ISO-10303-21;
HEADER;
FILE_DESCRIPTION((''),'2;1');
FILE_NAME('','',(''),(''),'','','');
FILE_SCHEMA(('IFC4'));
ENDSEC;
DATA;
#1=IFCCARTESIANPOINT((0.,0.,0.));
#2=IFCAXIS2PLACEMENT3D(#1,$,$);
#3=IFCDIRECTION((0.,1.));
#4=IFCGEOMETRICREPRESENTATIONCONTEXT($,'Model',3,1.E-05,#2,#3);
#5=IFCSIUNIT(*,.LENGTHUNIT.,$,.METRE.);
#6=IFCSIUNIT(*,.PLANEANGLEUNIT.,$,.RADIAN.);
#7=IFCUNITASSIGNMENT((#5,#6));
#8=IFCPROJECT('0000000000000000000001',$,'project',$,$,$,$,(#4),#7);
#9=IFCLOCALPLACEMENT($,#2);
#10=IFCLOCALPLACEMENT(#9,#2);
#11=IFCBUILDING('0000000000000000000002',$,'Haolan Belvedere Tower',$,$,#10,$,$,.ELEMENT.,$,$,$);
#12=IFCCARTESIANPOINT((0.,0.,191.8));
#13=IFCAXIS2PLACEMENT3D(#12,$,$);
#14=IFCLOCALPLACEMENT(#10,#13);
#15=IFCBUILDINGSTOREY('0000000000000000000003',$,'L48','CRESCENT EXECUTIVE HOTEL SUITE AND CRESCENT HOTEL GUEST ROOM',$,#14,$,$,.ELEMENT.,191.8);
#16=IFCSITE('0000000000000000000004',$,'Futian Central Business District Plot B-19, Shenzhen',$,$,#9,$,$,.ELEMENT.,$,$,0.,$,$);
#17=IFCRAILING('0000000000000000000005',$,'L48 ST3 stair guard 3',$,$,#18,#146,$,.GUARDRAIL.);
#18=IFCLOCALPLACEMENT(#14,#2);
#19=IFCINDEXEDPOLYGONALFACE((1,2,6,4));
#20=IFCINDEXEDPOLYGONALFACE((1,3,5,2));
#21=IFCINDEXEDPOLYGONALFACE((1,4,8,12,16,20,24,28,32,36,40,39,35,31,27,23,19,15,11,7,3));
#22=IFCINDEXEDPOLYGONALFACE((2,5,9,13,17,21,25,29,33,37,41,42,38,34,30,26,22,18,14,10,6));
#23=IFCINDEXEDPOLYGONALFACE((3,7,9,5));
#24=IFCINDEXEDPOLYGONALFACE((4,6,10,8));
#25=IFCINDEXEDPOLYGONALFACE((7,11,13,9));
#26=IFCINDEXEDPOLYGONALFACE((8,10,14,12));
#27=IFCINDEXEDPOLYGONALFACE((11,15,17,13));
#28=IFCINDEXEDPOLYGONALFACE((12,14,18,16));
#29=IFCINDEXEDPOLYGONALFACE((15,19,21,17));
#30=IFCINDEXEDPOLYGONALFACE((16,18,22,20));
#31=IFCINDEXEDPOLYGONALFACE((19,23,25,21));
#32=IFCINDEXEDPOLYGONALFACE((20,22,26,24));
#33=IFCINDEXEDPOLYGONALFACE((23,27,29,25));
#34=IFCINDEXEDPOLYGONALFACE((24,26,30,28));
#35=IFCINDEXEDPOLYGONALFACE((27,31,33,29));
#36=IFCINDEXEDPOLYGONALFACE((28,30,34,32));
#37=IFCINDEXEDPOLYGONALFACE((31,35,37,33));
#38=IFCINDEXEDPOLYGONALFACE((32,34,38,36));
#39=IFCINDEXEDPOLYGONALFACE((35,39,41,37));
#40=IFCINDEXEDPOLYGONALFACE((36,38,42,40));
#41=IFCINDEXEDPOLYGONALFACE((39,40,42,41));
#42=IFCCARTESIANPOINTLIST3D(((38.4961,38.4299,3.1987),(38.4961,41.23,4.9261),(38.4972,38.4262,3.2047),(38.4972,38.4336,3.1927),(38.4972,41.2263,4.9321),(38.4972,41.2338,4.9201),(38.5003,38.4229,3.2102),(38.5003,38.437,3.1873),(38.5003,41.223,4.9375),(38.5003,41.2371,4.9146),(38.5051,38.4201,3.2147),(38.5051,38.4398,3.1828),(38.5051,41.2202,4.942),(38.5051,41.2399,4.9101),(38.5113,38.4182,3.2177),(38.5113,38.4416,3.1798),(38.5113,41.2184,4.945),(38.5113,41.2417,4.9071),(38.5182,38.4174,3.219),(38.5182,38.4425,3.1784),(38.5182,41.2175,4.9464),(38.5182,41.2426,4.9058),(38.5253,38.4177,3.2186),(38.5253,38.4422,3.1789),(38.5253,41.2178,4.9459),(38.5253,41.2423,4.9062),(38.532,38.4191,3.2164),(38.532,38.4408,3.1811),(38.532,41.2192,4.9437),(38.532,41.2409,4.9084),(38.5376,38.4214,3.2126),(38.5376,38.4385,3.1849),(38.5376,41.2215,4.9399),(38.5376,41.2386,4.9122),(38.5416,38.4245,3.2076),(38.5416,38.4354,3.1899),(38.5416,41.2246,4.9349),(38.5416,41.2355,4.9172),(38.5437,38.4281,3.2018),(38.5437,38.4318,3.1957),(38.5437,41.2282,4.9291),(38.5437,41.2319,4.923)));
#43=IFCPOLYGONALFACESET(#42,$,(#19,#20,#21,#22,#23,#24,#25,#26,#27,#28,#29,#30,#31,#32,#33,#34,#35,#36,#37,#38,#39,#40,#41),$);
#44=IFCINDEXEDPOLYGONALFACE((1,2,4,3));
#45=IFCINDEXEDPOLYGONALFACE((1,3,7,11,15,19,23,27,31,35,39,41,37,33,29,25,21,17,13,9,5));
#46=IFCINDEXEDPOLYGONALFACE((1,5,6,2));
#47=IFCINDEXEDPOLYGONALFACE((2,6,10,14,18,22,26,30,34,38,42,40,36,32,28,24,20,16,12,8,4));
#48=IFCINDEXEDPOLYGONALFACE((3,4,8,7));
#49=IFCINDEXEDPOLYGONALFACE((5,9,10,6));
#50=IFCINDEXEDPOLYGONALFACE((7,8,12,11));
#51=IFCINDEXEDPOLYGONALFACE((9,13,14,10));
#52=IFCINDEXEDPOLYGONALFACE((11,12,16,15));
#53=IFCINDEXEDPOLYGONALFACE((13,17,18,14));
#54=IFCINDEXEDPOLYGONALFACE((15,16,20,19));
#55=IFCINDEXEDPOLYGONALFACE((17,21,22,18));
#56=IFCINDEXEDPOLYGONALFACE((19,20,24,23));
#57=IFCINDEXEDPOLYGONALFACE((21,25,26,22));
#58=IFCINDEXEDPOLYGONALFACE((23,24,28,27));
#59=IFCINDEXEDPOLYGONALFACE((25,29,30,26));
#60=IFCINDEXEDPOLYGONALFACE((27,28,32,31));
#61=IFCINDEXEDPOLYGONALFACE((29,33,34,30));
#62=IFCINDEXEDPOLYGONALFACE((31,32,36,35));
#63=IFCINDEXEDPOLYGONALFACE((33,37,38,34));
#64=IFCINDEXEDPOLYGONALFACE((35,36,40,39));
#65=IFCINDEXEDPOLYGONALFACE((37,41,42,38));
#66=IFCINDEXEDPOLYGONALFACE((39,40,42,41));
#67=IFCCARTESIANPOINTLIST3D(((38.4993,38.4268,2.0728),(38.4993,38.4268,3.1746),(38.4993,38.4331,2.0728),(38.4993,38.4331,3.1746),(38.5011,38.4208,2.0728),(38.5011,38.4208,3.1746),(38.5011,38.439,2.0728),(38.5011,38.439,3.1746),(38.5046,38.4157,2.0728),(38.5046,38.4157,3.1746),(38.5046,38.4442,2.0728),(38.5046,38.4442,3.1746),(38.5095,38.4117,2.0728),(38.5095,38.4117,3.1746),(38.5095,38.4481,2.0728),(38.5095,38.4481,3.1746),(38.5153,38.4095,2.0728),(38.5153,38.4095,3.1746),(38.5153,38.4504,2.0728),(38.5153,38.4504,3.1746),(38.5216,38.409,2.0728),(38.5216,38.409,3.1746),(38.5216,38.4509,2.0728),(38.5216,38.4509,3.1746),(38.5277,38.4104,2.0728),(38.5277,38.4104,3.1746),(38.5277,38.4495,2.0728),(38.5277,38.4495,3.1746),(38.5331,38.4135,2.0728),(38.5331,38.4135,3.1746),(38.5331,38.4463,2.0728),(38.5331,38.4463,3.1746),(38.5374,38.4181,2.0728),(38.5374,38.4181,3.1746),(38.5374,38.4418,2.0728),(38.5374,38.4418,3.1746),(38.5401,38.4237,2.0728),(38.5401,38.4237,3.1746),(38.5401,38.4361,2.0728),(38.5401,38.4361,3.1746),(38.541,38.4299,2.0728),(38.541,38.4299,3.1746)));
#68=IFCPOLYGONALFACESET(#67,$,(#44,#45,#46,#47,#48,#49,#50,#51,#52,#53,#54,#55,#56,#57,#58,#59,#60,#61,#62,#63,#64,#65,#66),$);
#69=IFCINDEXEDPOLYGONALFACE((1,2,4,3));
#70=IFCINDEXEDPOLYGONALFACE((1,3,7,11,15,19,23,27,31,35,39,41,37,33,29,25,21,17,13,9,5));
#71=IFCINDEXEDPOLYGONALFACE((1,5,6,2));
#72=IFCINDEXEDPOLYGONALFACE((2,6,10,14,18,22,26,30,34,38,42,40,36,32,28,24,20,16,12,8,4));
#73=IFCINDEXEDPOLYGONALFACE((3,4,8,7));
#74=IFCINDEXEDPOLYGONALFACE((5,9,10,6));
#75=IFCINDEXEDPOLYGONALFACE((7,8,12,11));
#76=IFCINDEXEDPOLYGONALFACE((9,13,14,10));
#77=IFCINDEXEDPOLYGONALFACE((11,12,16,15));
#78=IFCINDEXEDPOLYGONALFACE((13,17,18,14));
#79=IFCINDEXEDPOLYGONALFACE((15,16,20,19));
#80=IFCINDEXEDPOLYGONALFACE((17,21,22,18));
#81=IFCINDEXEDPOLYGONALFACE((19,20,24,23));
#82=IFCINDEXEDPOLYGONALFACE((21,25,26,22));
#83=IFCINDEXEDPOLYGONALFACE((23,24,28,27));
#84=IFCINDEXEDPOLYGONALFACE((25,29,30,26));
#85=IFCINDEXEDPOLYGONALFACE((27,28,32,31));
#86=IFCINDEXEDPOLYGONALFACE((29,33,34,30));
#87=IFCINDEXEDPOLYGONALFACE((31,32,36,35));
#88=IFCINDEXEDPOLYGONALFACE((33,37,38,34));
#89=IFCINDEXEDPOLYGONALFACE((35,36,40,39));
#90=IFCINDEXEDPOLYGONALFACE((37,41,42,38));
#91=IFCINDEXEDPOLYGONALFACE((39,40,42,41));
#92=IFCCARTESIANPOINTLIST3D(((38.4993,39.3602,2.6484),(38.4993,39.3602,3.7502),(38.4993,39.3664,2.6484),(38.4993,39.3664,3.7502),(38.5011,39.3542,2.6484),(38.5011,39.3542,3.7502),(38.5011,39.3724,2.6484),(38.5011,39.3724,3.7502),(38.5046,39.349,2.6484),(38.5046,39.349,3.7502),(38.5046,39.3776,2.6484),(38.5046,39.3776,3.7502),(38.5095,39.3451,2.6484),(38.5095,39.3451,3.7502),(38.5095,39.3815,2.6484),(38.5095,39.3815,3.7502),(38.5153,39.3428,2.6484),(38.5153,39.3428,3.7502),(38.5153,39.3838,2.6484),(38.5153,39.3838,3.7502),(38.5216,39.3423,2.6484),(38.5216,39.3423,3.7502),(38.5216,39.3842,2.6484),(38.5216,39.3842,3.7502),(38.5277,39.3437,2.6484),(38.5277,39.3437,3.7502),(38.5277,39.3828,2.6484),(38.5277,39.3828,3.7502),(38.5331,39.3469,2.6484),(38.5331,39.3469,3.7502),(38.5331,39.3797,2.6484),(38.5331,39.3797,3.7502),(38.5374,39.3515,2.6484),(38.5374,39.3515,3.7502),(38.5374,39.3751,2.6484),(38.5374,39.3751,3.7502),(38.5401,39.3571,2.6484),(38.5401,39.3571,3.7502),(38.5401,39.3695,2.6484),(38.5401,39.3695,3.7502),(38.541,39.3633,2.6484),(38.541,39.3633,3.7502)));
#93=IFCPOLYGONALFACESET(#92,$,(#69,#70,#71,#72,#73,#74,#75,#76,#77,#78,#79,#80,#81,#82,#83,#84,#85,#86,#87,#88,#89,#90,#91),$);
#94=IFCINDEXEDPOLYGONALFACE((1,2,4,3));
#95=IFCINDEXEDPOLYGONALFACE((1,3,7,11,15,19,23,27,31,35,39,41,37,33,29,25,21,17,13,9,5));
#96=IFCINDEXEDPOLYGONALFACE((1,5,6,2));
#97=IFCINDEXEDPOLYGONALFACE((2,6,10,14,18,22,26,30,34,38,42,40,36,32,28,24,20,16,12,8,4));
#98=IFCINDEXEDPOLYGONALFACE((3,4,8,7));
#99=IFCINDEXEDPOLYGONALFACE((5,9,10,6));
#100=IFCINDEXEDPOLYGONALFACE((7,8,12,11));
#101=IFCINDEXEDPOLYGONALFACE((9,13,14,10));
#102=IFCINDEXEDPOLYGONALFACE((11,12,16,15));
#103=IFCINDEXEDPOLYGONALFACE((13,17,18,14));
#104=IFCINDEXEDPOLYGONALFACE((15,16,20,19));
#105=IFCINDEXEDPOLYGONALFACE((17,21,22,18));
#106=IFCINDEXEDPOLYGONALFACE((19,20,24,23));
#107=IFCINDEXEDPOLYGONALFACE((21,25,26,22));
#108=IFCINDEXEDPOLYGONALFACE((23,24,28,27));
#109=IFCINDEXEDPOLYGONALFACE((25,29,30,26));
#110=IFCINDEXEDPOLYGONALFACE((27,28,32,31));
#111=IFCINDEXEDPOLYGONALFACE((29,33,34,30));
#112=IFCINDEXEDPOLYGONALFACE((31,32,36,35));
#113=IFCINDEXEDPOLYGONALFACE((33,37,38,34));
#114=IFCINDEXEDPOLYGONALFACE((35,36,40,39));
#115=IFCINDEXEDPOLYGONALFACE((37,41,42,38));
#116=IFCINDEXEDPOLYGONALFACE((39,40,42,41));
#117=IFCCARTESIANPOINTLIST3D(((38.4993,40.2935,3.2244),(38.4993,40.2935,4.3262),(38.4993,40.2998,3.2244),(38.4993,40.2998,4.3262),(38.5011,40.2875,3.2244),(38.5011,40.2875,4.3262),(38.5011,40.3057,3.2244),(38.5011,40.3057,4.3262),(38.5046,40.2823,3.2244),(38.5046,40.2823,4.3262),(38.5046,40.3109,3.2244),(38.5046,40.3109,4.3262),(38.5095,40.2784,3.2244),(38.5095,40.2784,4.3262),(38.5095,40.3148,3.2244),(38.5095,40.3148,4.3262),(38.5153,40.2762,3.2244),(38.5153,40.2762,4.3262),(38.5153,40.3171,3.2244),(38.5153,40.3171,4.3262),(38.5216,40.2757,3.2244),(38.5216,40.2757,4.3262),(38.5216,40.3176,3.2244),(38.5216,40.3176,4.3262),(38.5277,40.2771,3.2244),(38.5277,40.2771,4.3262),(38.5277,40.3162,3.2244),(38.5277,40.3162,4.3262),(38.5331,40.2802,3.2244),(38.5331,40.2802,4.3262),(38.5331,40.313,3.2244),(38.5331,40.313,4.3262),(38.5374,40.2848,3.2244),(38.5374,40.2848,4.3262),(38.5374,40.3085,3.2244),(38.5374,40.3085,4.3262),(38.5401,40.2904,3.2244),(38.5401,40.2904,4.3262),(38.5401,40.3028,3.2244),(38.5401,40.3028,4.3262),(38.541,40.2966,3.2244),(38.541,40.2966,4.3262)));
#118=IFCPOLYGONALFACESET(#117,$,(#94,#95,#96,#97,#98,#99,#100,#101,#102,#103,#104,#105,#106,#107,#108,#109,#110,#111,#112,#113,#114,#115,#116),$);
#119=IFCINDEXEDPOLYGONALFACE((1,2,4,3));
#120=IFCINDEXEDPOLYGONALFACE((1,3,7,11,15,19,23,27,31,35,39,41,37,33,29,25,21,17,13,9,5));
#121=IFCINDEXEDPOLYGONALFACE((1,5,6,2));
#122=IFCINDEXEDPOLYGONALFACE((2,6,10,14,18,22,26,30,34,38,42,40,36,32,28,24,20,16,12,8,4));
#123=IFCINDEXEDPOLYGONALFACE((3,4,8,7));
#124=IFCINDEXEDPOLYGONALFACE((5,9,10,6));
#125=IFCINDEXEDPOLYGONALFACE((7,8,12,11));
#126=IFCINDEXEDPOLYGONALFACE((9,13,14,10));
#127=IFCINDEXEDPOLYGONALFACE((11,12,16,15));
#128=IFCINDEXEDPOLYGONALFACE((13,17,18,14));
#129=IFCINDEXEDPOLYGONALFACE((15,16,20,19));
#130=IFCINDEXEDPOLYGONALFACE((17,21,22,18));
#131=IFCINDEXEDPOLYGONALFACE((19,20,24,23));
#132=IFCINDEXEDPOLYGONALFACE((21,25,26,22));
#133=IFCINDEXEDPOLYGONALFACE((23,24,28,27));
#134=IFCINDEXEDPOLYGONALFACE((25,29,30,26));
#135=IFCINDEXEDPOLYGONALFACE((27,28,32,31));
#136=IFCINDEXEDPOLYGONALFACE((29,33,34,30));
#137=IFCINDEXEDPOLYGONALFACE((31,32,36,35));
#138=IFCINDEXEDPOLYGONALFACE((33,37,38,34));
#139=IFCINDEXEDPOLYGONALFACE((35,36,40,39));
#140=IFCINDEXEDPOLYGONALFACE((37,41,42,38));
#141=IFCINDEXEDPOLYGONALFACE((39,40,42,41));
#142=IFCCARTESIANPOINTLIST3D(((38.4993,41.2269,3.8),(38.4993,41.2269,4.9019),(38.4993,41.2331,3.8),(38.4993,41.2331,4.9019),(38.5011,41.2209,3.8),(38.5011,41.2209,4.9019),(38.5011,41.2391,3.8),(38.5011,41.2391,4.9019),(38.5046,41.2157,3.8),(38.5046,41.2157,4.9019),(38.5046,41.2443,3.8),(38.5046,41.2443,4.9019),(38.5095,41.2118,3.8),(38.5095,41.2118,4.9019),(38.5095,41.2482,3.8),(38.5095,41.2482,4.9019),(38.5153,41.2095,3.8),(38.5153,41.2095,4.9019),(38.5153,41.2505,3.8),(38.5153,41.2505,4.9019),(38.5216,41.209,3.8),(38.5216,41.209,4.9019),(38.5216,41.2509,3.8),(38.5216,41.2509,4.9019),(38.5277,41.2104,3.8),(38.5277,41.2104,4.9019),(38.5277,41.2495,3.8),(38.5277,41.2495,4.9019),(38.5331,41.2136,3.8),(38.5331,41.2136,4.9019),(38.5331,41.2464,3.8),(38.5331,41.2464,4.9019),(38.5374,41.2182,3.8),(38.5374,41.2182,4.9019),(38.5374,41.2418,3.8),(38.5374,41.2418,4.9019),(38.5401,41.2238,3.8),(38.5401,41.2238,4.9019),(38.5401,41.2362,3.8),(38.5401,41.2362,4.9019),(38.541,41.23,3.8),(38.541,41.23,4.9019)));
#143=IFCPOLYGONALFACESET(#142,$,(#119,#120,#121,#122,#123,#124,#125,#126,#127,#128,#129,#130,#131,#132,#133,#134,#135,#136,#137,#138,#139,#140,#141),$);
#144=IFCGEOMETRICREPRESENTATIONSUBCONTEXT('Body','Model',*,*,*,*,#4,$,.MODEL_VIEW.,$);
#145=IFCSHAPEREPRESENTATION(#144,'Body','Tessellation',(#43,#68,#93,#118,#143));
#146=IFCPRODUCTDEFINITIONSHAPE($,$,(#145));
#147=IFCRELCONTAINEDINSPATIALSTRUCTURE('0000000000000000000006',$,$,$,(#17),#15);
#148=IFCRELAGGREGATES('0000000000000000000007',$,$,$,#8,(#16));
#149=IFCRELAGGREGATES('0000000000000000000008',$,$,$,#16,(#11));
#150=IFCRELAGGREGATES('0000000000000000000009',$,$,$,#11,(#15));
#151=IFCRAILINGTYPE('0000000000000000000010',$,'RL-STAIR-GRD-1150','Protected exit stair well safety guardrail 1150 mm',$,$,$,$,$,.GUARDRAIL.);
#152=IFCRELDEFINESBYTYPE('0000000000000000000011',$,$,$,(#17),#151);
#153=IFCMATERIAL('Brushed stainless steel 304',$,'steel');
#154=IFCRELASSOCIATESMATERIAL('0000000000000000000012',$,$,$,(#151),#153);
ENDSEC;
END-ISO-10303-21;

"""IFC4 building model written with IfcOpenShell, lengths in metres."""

from ifc_helpers import new_model, si_unit, direction, frame, origin, origin_2d, place, context, subcontext, project, spatial, circle, extrude, material, type_object, element, save


model = new_model("IFC4")

# Units and contexts
model_context = context("Model", 3, precision=1e-05, world=origin(), true_north=direction((0.0, 1.0)))
body_context = subcontext(model_context, "Body", "Model", "MODEL_VIEW")
ifc_project = project(units=[si_unit("LENGTHUNIT", "METRE"), si_unit("PLANEANGLEUNIT", "RADIAN")], contexts=[model_context])

# Site, building, storey
site_placement = place(None, origin())
site = spatial("IfcSite", under=ifc_project, at=site_placement, Name="Futian Central Business District Plot B-19, Shenzhen", CompositionType="ELEMENT", RefElevation=0.0)
building_placement = place(site_placement, origin())
building = spatial("IfcBuilding", under=site, at=building_placement, Name="Haolan Belvedere Tower", CompositionType="ELEMENT")
storey_placement = place(building_placement, frame((0.0, 0.0, 191.8)))
storey = spatial("IfcBuildingStorey", under=building, at=storey_placement, Name="L48", Description="CRESCENT EXECUTIVE HOTEL SUITE AND CRESCENT HOTEL GUEST ROOM", CompositionType="ELEMENT", Elevation=191.8)

# Railing
ifc_material_1 = material(Name="Brushed stainless steel 304", Category="steel")
railing_type_1 = type_object("IfcRailingType", Name="RL-STAIR-GRD-1150", Description="Protected exit stair well safety guardrail 1150 mm", PredefinedType="GUARDRAIL", material=ifc_material_1)
railing_1_placement = place(storey_placement, frame((38.52, 38.4299, 2.0728)))
element("IfcRailing", 1, at=railing_1_placement, inside=storey, type_object=railing_type_1, Name="L48 ST3 stair guard 3", PredefinedType="GUARDRAIL", context=body_context, shape_type="SweptSolid", body=[
    extrude(circle(Radius=0.0239, at=origin_2d()), frame((0.0, 0.0, 1.126), z_axis=(0.0, 0.85109, 0.52502), x_axis=(-1.0, 0.0, 0.0)), (0.0, 0.0, 1.0), 3.29),
    extrude(circle(Radius=0.021, at=origin_2d()), origin(), (0.0, 0.0, 1.0), 1.1018),
    extrude(circle(Radius=0.021, at=origin_2d()), frame((0.0, 0.9333, 0.5757)), (0.0, 0.0, 1.0), 1.1018),
    extrude(circle(Radius=0.021, at=origin_2d()), frame((0.0, 1.8667, 1.1516)), (0.0, 0.0, 1.0), 1.1018),
    extrude(circle(Radius=0.021, at=origin_2d()), frame((0.0, 2.8, 1.7273)), (0.0, 0.0, 1.0), 1.1018),
])

save(model, "model.ifc")
